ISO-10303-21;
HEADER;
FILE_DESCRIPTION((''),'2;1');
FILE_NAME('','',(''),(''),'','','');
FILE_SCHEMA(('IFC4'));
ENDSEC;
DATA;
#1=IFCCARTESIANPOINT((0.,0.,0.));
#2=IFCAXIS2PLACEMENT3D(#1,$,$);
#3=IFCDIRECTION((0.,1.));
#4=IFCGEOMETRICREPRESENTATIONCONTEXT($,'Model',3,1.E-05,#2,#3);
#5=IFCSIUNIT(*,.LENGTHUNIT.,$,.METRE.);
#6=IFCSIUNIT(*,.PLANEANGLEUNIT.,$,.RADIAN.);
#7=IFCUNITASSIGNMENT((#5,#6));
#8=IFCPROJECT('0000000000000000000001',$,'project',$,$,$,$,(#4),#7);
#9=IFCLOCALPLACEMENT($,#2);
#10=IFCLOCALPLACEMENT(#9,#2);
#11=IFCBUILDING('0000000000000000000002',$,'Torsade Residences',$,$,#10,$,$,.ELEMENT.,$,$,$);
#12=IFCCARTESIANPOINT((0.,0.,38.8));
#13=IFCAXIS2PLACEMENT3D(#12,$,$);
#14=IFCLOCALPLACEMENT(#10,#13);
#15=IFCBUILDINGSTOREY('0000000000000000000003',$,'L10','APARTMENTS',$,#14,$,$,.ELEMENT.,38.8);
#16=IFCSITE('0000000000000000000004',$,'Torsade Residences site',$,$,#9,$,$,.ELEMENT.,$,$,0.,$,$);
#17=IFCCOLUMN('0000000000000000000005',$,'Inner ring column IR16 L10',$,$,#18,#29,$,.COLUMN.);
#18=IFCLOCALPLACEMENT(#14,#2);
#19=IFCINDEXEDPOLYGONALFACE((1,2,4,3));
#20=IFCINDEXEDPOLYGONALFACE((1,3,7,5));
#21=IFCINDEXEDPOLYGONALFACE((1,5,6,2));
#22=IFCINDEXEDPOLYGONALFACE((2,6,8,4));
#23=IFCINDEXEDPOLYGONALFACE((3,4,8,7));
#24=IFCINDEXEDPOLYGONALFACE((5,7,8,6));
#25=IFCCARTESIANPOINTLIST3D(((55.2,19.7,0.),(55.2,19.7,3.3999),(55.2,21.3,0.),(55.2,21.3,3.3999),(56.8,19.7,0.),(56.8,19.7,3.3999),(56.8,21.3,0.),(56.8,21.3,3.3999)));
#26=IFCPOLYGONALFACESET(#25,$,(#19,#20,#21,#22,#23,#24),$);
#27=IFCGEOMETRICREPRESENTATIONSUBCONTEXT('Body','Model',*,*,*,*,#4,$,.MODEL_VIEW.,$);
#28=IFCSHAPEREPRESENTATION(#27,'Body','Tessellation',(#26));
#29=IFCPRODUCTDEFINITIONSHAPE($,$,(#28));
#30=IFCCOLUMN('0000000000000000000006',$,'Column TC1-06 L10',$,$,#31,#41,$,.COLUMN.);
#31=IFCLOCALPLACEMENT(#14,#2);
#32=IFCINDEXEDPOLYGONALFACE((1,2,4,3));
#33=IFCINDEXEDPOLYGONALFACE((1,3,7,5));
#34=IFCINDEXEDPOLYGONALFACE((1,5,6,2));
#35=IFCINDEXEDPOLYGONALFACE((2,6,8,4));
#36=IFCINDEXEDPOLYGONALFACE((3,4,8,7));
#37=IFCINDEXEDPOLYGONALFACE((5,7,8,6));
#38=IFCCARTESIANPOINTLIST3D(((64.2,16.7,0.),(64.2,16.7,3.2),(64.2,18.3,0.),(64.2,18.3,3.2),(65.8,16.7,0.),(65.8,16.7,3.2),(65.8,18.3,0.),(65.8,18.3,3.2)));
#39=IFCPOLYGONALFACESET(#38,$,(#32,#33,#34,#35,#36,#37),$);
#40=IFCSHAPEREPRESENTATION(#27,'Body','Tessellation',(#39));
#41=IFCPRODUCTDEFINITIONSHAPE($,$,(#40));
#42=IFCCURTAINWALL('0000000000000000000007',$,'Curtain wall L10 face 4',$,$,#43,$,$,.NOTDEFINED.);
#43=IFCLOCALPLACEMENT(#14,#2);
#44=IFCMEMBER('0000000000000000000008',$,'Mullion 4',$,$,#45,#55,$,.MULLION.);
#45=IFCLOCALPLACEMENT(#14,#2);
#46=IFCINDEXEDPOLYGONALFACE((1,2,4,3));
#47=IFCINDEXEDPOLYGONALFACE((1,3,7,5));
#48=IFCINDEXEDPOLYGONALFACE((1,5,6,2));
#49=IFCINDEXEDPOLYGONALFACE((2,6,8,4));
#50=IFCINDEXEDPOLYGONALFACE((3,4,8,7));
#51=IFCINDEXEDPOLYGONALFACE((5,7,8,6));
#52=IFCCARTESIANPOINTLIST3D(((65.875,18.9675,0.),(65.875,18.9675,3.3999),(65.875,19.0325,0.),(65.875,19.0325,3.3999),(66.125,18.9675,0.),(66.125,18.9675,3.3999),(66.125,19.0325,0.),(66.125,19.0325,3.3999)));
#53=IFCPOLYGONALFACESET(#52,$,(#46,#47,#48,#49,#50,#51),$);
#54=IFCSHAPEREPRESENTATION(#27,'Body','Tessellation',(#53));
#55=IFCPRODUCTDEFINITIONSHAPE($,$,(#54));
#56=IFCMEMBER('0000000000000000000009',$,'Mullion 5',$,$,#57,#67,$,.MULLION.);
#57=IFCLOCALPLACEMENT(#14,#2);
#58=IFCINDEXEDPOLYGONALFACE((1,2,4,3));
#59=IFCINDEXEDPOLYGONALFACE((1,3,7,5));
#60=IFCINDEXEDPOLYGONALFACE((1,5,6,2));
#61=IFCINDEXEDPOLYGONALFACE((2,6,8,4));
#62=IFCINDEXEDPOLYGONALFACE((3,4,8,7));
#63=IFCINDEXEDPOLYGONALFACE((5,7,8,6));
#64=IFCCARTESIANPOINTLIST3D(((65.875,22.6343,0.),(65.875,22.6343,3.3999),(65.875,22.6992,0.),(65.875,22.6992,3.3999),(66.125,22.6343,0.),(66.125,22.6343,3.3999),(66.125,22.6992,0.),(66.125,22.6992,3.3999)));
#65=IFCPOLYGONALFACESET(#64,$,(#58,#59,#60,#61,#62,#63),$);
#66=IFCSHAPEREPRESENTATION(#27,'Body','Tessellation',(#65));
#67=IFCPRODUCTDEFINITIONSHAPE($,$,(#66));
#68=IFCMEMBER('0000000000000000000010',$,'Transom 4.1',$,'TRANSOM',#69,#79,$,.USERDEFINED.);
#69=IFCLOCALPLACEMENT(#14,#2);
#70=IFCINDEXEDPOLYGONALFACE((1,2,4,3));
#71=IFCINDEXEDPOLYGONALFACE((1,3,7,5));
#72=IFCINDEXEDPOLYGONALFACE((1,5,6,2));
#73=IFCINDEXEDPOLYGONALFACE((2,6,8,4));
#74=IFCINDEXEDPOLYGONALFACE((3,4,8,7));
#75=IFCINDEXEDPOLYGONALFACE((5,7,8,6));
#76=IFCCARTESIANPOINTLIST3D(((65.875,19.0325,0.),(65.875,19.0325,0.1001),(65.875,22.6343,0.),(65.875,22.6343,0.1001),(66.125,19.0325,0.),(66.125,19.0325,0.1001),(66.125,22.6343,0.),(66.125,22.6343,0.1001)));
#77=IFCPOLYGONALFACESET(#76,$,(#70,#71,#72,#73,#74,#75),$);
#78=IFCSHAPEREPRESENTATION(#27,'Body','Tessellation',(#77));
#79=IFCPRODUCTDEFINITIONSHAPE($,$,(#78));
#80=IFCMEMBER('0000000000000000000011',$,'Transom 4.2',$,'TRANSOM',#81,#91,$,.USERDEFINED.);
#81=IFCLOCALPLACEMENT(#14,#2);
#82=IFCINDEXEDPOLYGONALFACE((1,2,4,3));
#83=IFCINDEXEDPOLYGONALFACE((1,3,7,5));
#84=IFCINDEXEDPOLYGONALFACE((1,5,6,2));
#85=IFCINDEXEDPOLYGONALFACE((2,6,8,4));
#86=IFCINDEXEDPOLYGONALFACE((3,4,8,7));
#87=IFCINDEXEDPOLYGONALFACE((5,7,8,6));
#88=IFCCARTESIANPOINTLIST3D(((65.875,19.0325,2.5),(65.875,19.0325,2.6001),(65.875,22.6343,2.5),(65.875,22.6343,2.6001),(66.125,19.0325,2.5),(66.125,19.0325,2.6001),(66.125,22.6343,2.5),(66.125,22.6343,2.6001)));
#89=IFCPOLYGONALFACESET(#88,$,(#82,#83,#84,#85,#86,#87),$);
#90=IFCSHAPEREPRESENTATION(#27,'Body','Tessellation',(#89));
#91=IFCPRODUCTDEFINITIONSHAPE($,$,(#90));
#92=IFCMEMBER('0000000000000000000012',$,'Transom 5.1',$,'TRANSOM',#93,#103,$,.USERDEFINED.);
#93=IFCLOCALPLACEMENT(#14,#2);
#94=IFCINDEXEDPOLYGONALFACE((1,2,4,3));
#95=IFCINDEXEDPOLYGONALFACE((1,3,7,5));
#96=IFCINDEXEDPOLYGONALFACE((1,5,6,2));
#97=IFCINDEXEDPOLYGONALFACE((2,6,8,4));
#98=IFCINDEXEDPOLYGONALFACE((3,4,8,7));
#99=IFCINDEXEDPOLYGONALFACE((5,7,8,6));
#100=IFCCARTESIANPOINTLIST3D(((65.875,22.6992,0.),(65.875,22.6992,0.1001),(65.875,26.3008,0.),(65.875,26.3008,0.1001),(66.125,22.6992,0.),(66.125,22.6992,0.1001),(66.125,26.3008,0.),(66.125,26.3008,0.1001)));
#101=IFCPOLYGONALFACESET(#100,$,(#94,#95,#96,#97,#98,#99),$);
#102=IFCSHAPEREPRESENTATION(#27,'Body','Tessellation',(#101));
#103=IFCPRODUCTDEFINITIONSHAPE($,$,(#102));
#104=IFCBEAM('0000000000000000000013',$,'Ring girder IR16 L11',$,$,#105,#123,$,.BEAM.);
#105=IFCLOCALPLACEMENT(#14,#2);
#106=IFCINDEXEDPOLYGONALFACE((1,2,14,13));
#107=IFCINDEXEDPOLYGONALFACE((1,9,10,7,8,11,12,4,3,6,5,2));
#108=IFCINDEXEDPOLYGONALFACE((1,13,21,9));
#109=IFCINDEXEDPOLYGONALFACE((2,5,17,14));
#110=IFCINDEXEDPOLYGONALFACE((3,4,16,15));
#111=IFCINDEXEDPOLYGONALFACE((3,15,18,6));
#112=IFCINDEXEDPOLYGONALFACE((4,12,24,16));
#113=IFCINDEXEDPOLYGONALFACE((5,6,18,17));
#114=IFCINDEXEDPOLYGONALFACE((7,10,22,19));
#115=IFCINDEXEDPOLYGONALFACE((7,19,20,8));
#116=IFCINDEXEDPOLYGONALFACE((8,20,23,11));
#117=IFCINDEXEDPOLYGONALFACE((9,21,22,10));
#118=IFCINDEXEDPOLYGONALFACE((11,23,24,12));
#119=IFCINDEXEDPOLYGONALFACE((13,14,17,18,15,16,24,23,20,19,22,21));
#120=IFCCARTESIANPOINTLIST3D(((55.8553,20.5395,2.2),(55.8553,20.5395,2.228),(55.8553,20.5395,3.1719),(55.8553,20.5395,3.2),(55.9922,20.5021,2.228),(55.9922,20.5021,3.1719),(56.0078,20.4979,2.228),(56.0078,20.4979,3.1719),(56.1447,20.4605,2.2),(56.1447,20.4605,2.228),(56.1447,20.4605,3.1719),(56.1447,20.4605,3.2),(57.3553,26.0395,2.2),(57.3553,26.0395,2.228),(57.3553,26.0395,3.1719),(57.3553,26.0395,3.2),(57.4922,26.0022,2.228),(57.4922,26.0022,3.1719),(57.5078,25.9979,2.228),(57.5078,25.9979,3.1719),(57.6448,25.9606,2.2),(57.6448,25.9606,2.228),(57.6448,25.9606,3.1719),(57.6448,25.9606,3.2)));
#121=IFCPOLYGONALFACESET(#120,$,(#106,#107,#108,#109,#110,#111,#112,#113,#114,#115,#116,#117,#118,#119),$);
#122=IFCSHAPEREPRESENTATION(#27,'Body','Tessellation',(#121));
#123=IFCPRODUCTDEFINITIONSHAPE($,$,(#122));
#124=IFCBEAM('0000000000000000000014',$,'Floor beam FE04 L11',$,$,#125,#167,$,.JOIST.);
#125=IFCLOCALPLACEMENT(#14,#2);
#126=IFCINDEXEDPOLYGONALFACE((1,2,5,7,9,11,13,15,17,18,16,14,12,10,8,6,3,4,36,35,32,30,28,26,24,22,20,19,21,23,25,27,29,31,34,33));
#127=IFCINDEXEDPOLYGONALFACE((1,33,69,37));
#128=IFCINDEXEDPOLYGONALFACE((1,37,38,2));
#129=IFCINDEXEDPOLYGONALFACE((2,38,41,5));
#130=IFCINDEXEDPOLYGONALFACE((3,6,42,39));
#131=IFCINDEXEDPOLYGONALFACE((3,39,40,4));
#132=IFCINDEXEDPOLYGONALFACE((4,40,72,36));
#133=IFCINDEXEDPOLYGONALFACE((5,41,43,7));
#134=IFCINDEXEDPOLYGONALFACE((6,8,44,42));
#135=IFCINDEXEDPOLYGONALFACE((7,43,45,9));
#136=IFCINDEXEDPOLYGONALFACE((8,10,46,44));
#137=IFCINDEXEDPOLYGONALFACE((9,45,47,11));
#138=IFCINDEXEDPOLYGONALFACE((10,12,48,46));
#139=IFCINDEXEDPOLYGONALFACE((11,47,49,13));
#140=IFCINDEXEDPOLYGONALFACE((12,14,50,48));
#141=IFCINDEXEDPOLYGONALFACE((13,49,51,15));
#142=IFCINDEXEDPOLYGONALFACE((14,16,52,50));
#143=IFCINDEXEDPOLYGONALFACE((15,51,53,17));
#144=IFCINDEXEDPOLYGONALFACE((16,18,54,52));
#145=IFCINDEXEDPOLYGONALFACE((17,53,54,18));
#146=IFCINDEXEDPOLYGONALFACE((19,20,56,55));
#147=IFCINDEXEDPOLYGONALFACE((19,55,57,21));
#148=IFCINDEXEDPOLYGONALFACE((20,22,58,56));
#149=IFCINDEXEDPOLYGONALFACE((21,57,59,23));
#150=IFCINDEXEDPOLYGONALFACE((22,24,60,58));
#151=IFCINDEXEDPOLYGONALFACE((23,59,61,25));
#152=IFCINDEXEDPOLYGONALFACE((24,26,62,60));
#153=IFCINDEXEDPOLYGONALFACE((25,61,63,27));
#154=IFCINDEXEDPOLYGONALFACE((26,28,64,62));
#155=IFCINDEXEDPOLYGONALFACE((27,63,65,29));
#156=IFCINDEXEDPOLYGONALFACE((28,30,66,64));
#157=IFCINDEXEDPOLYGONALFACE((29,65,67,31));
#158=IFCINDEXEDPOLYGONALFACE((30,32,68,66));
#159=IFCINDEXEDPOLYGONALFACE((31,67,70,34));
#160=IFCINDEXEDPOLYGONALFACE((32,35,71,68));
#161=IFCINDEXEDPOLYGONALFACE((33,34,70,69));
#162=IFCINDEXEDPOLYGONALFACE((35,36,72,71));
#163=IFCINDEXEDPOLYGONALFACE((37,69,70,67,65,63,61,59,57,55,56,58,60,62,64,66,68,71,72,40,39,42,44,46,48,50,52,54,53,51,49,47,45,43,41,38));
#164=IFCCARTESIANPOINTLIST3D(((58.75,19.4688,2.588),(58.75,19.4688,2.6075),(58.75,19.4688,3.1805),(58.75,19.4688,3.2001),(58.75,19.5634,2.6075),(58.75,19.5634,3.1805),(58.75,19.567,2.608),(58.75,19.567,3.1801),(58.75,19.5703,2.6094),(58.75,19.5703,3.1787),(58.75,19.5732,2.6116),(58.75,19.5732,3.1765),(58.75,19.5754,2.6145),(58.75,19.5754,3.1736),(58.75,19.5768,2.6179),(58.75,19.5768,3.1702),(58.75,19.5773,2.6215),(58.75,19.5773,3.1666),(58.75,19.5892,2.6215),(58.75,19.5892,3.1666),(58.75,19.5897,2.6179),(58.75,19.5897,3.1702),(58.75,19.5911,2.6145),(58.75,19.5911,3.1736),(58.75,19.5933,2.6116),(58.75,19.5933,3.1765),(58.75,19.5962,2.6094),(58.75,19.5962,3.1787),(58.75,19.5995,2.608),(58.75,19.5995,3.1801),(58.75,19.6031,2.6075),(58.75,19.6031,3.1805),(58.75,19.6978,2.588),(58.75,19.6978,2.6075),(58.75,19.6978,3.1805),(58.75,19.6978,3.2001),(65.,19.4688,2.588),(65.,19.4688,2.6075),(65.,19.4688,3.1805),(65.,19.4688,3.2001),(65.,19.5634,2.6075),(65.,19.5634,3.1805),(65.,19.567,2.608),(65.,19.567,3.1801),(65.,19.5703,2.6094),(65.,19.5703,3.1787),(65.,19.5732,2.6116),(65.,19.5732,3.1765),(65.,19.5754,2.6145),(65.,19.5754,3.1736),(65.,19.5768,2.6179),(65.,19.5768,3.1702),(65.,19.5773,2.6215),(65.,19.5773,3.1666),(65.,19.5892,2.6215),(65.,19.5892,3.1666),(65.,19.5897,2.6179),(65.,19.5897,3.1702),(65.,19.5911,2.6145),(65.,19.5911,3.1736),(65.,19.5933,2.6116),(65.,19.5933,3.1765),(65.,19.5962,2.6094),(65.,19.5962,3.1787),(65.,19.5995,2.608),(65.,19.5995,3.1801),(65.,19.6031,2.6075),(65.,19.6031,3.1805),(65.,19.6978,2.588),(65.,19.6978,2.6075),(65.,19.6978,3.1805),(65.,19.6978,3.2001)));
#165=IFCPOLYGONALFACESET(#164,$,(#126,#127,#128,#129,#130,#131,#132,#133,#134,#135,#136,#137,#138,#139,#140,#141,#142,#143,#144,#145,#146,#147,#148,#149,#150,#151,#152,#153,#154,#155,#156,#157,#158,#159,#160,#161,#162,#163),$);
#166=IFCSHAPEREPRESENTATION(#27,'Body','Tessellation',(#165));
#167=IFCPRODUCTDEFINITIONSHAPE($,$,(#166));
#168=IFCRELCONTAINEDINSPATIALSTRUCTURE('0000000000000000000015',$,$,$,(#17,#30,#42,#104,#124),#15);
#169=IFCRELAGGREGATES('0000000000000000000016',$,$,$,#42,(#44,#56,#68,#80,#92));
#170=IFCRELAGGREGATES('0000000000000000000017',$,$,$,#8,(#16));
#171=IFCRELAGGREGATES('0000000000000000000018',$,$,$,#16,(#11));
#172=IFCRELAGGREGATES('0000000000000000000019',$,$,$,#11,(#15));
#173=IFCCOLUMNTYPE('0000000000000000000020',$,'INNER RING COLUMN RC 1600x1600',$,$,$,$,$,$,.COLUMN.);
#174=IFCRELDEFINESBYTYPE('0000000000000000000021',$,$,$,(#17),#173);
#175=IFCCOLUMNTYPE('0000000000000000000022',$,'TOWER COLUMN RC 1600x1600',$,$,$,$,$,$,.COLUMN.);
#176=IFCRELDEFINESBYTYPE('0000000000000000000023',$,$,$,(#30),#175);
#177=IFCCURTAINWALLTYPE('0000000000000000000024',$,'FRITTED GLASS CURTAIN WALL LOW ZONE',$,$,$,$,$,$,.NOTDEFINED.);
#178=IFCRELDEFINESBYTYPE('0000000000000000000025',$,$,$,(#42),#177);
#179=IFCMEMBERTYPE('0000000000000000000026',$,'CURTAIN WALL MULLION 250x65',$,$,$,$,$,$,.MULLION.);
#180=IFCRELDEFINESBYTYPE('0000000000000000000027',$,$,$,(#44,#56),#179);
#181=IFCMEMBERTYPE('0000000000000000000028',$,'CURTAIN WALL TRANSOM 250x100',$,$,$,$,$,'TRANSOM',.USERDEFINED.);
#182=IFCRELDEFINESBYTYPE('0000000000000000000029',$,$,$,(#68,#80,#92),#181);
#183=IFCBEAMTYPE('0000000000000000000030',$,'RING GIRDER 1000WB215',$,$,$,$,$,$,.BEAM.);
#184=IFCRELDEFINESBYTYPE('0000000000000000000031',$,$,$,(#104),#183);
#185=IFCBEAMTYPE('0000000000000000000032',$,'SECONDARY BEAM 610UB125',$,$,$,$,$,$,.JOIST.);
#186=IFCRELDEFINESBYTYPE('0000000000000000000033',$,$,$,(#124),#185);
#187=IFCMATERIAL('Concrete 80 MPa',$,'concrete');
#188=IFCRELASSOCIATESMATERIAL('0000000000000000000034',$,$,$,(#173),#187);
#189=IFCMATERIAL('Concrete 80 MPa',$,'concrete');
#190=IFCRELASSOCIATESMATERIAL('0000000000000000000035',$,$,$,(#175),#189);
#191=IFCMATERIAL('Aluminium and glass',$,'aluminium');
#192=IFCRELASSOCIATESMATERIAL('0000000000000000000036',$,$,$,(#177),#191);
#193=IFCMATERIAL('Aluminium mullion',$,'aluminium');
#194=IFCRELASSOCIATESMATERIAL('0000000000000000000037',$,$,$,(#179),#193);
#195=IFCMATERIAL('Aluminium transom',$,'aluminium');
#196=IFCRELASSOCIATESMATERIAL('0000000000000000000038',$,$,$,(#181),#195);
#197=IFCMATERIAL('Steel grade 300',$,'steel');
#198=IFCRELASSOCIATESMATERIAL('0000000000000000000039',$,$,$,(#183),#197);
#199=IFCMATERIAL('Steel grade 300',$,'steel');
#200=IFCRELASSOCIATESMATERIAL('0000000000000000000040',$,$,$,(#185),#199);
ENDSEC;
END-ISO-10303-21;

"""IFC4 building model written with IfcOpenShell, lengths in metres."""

from ifc_helpers import new_model, si_unit, direction, frame, origin, origin_2d, place, context, subcontext, project, spatial, rectangle, i_section, extrude, material, material_profile, profile_set, type_object, element, aggregate, save


model = new_model("IFC4")

# Units and contexts
model_context = context("Model", 3, precision=1e-05, world=origin(), true_north=direction((0.0, 1.0)))
body_context = subcontext(model_context, "Body", "Model", "MODEL_VIEW")
ifc_project = project(units=[si_unit("LENGTHUNIT", "METRE"), si_unit("PLANEANGLEUNIT", "RADIAN")], contexts=[model_context])

# Site, building, storey
site_placement = place(None, origin())
site = spatial("IfcSite", under=ifc_project, at=site_placement, Name="Torsade Residences site", CompositionType="ELEMENT", RefElevation=0.0)
building_placement = place(site_placement, origin())
building = spatial("IfcBuilding", under=site, at=building_placement, Name="Torsade Residences", CompositionType="ELEMENT")
storey_placement = place(building_placement, frame((0.0, 0.0, 38.8)))
storey = spatial("IfcBuildingStorey", under=building, at=storey_placement, Name="L10", Description="APARTMENTS", CompositionType="ELEMENT", Elevation=38.8)

# Columns
ifc_material_1 = material(Name="Concrete 80 MPa", Category="concrete")
ifc_material_profile_1 = material_profile(ifc_material_1, rectangle(XDim=1.6001, YDim=1.6001, at=origin_2d()), Name="RC 1600x1600")
ifc_profile_set_1 = profile_set([ifc_material_profile_1], Name="Concrete 80 MPa")
column_type_1 = type_object("IfcColumnType", Name="INNER RING COLUMN RC 1600x1600", PredefinedType="COLUMN", material=ifc_profile_set_1)
column_1_placement = place(storey_placement, frame((56.0, 20.5, 0.0), z_axis=(0.0, 0.0, 1.0), x_axis=(1.0, 0.0, 0.0)))
element("IfcColumn", 1, at=column_1_placement, inside=storey, type_object=column_type_1, Name="Inner ring column IR16 L10", PredefinedType="COLUMN", context=body_context, shape_type="SweptSolid", body=[
    extrude(rectangle(XDim=1.6001, YDim=1.6001, at=origin_2d()), origin(), (0.0, 0.0, 1.0), 3.3999),
])
ifc_material_2 = material(Name="Concrete 80 MPa", Category="concrete")
ifc_material_profile_2 = material_profile(ifc_material_2, rectangle(XDim=1.6001, YDim=1.6001, at=origin_2d()), Name="RC 1600x1600")
ifc_profile_set_2 = profile_set([ifc_material_profile_2], Name="Concrete 80 MPa")
column_type_2 = type_object("IfcColumnType", Name="TOWER COLUMN RC 1600x1600", PredefinedType="COLUMN", material=ifc_profile_set_2)
column_2_placement = place(storey_placement, frame((65.0, 17.5, 0.0), z_axis=(0.0, 0.0, 1.0), x_axis=(1.0, 0.0, 0.0)))
element("IfcColumn", 2, at=column_2_placement, inside=storey, type_object=column_type_2, Name="Column TC1-06 L10", PredefinedType="COLUMN", context=body_context, shape_type="SweptSolid", body=[
    extrude(rectangle(XDim=1.6001, YDim=1.6001, at=origin_2d()), origin(), (0.0, 0.0, 1.0), 3.2),
])

# Curtain wall, members
ifc_material_3 = material(Name="Aluminium and glass", Category="aluminium")
curtain_wall_type = type_object("IfcCurtainWallType", Name="FRITTED GLASS CURTAIN WALL LOW ZONE", PredefinedType="NOTDEFINED", material=ifc_material_3)
curtain_wall_placement = place(storey_placement, origin())
curtain_wall = element("IfcCurtainWall", 3, at=curtain_wall_placement, inside=storey, type_object=curtain_wall_type, Name="Curtain wall L10 face 4", PredefinedType="NOTDEFINED")
ifc_material_4 = material(Name="Aluminium mullion", Category="aluminium")
ifc_material_profile_3 = material_profile(ifc_material_4, rectangle(XDim=0.25, YDim=0.0649, at=origin_2d()), Name="CURTAIN WALL MULLION 250x65")
ifc_profile_set_3 = profile_set([ifc_material_profile_3], Name="Aluminium mullion")
member_type_1 = type_object("IfcMemberType", Name="CURTAIN WALL MULLION 250x65", PredefinedType="MULLION", material=ifc_profile_set_3)
member_1_placement = place(storey_placement, frame((66.0, 19.0, 0.0), z_axis=(0.0, 0.0, 1.0), x_axis=(-1.0, 0.0, 0.0)))
member_1 = element("IfcMember", 4, at=member_1_placement, type_object=member_type_1, Name="Mullion 4", PredefinedType="MULLION", context=body_context, shape_type="SweptSolid", body=[
    extrude(rectangle(XDim=0.25, YDim=0.0649, at=origin_2d()), origin(), (0.0, 0.0, 1.0), 3.3999),
])
member_2_placement = place(storey_placement, frame((66.0, 22.6667, 0.0), z_axis=(0.0, 0.0, 1.0), x_axis=(-1.0, 0.0, 0.0)))
member_2 = element("IfcMember", 5, at=member_2_placement, type_object=member_type_1, Name="Mullion 5", PredefinedType="MULLION", context=body_context, shape_type="SweptSolid", body=[
    extrude(rectangle(XDim=0.25, YDim=0.0649, at=origin_2d()), origin(), (0.0, 0.0, 1.0), 3.3999),
])
ifc_material_5 = material(Name="Aluminium transom", Category="aluminium")
ifc_material_profile_4 = material_profile(ifc_material_5, rectangle(XDim=0.25, YDim=0.1001, at=origin_2d()), Name="CURTAIN WALL TRANSOM 250x100")
ifc_profile_set_4 = profile_set([ifc_material_profile_4], Name="Aluminium transom")
member_type_2 = type_object("IfcMemberType", Name="CURTAIN WALL TRANSOM 250x100", ElementType="TRANSOM", PredefinedType="USERDEFINED", material=ifc_profile_set_4)
member_3_placement = place(storey_placement, frame((66.0, 19.0325, 0.05), z_axis=(0.0, 1.0, 0.0), x_axis=(-1.0, 0.0, 0.0)))
member_3 = element("IfcMember", 6, at=member_3_placement, type_object=member_type_2, Name="Transom 4.1", ObjectType="TRANSOM", PredefinedType="USERDEFINED", context=body_context, shape_type="SweptSolid", body=[
    extrude(rectangle(XDim=0.25, YDim=0.1001, at=origin_2d()), origin(), (0.0, 0.0, 1.0), 3.6018),
])
member_4_placement = place(storey_placement, frame((66.0, 19.0325, 2.55), z_axis=(0.0, 1.0, 0.0), x_axis=(-1.0, 0.0, 0.0)))
member_4 = element("IfcMember", 7, at=member_4_placement, type_object=member_type_2, Name="Transom 4.2", ObjectType="TRANSOM", PredefinedType="USERDEFINED", context=body_context, shape_type="SweptSolid", body=[
    extrude(rectangle(XDim=0.25, YDim=0.1001, at=origin_2d()), origin(), (0.0, 0.0, 1.0), 3.6018),
])
member_5_placement = place(storey_placement, frame((66.0, 22.6992, 0.05), z_axis=(0.0, 1.0, 0.0), x_axis=(-1.0, 0.0, 0.0)))
member_5 = element("IfcMember", 8, at=member_5_placement, type_object=member_type_2, Name="Transom 5.1", ObjectType="TRANSOM", PredefinedType="USERDEFINED", context=body_context, shape_type="SweptSolid", body=[
    extrude(rectangle(XDim=0.25, YDim=0.1001, at=origin_2d()), origin(), (0.0, 0.0, 1.0), 3.6016),
])

# Beams
ifc_material_6 = material(Name="Steel grade 300", Category="steel")
ifc_material_profile_5 = material_profile(ifc_material_6, i_section(OverallWidth=0.3, OverallDepth=1.0, WebThickness=0.0161, FlangeThickness=0.0281, at=origin_2d()), Name="1000WB215")
ifc_profile_set_5 = profile_set([ifc_material_profile_5], Name="Steel grade 300")
beam_type_1 = type_object("IfcBeamType", Name="RING GIRDER 1000WB215", PredefinedType="BEAM", material=ifc_profile_set_5)
beam_1_placement = place(storey_placement, frame((56.0, 20.5, 2.7), z_axis=(0.263117, 0.964764, 0.0), x_axis=(-0.964764, 0.263117, 0.0)))
element("IfcBeam", 9, at=beam_1_placement, inside=storey, type_object=beam_type_1, Name="Ring girder IR16 L11", PredefinedType="BEAM", context=body_context, shape_type="SweptSolid", body=[
    extrude(i_section(OverallWidth=0.3, OverallDepth=1.0, WebThickness=0.0161, FlangeThickness=0.0281, at=origin_2d()), origin(), (0.0, 0.0, 1.0), 5.7009),
])
ifc_material_7 = material(Name="Steel grade 300", Category="steel")
ifc_material_profile_6 = material_profile(ifc_material_7, i_section(OverallWidth=0.229, OverallDepth=0.6121, WebThickness=0.012, FlangeThickness=0.0195, FilletRadius=0.0139, at=origin_2d()), Name="610UB125")
ifc_profile_set_6 = profile_set([ifc_material_profile_6], Name="Steel grade 300")
beam_type_2 = type_object("IfcBeamType", Name="SECONDARY BEAM 610UB125", PredefinedType="JOIST", material=ifc_profile_set_6)
beam_2_placement = place(storey_placement, frame((65.0, 19.5833, 2.894), z_axis=(-1.0, 0.0, 0.0), x_axis=(0.0, -1.0, 0.0)))
element("IfcBeam", 10, at=beam_2_placement, inside=storey, type_object=beam_type_2, Name="Floor beam FE04 L11", PredefinedType="JOIST", context=body_context, shape_type="SweptSolid", body=[
    extrude(i_section(OverallWidth=0.229, OverallDepth=0.6121, WebThickness=0.012, FlangeThickness=0.0195, FilletRadius=0.0139, at=origin_2d()), origin(), (0.0, 0.0, 1.0), 6.25),
])

aggregate(curtain_wall, [member_1, member_2, member_3, member_4, member_5])

save(model, "model.ifc")
